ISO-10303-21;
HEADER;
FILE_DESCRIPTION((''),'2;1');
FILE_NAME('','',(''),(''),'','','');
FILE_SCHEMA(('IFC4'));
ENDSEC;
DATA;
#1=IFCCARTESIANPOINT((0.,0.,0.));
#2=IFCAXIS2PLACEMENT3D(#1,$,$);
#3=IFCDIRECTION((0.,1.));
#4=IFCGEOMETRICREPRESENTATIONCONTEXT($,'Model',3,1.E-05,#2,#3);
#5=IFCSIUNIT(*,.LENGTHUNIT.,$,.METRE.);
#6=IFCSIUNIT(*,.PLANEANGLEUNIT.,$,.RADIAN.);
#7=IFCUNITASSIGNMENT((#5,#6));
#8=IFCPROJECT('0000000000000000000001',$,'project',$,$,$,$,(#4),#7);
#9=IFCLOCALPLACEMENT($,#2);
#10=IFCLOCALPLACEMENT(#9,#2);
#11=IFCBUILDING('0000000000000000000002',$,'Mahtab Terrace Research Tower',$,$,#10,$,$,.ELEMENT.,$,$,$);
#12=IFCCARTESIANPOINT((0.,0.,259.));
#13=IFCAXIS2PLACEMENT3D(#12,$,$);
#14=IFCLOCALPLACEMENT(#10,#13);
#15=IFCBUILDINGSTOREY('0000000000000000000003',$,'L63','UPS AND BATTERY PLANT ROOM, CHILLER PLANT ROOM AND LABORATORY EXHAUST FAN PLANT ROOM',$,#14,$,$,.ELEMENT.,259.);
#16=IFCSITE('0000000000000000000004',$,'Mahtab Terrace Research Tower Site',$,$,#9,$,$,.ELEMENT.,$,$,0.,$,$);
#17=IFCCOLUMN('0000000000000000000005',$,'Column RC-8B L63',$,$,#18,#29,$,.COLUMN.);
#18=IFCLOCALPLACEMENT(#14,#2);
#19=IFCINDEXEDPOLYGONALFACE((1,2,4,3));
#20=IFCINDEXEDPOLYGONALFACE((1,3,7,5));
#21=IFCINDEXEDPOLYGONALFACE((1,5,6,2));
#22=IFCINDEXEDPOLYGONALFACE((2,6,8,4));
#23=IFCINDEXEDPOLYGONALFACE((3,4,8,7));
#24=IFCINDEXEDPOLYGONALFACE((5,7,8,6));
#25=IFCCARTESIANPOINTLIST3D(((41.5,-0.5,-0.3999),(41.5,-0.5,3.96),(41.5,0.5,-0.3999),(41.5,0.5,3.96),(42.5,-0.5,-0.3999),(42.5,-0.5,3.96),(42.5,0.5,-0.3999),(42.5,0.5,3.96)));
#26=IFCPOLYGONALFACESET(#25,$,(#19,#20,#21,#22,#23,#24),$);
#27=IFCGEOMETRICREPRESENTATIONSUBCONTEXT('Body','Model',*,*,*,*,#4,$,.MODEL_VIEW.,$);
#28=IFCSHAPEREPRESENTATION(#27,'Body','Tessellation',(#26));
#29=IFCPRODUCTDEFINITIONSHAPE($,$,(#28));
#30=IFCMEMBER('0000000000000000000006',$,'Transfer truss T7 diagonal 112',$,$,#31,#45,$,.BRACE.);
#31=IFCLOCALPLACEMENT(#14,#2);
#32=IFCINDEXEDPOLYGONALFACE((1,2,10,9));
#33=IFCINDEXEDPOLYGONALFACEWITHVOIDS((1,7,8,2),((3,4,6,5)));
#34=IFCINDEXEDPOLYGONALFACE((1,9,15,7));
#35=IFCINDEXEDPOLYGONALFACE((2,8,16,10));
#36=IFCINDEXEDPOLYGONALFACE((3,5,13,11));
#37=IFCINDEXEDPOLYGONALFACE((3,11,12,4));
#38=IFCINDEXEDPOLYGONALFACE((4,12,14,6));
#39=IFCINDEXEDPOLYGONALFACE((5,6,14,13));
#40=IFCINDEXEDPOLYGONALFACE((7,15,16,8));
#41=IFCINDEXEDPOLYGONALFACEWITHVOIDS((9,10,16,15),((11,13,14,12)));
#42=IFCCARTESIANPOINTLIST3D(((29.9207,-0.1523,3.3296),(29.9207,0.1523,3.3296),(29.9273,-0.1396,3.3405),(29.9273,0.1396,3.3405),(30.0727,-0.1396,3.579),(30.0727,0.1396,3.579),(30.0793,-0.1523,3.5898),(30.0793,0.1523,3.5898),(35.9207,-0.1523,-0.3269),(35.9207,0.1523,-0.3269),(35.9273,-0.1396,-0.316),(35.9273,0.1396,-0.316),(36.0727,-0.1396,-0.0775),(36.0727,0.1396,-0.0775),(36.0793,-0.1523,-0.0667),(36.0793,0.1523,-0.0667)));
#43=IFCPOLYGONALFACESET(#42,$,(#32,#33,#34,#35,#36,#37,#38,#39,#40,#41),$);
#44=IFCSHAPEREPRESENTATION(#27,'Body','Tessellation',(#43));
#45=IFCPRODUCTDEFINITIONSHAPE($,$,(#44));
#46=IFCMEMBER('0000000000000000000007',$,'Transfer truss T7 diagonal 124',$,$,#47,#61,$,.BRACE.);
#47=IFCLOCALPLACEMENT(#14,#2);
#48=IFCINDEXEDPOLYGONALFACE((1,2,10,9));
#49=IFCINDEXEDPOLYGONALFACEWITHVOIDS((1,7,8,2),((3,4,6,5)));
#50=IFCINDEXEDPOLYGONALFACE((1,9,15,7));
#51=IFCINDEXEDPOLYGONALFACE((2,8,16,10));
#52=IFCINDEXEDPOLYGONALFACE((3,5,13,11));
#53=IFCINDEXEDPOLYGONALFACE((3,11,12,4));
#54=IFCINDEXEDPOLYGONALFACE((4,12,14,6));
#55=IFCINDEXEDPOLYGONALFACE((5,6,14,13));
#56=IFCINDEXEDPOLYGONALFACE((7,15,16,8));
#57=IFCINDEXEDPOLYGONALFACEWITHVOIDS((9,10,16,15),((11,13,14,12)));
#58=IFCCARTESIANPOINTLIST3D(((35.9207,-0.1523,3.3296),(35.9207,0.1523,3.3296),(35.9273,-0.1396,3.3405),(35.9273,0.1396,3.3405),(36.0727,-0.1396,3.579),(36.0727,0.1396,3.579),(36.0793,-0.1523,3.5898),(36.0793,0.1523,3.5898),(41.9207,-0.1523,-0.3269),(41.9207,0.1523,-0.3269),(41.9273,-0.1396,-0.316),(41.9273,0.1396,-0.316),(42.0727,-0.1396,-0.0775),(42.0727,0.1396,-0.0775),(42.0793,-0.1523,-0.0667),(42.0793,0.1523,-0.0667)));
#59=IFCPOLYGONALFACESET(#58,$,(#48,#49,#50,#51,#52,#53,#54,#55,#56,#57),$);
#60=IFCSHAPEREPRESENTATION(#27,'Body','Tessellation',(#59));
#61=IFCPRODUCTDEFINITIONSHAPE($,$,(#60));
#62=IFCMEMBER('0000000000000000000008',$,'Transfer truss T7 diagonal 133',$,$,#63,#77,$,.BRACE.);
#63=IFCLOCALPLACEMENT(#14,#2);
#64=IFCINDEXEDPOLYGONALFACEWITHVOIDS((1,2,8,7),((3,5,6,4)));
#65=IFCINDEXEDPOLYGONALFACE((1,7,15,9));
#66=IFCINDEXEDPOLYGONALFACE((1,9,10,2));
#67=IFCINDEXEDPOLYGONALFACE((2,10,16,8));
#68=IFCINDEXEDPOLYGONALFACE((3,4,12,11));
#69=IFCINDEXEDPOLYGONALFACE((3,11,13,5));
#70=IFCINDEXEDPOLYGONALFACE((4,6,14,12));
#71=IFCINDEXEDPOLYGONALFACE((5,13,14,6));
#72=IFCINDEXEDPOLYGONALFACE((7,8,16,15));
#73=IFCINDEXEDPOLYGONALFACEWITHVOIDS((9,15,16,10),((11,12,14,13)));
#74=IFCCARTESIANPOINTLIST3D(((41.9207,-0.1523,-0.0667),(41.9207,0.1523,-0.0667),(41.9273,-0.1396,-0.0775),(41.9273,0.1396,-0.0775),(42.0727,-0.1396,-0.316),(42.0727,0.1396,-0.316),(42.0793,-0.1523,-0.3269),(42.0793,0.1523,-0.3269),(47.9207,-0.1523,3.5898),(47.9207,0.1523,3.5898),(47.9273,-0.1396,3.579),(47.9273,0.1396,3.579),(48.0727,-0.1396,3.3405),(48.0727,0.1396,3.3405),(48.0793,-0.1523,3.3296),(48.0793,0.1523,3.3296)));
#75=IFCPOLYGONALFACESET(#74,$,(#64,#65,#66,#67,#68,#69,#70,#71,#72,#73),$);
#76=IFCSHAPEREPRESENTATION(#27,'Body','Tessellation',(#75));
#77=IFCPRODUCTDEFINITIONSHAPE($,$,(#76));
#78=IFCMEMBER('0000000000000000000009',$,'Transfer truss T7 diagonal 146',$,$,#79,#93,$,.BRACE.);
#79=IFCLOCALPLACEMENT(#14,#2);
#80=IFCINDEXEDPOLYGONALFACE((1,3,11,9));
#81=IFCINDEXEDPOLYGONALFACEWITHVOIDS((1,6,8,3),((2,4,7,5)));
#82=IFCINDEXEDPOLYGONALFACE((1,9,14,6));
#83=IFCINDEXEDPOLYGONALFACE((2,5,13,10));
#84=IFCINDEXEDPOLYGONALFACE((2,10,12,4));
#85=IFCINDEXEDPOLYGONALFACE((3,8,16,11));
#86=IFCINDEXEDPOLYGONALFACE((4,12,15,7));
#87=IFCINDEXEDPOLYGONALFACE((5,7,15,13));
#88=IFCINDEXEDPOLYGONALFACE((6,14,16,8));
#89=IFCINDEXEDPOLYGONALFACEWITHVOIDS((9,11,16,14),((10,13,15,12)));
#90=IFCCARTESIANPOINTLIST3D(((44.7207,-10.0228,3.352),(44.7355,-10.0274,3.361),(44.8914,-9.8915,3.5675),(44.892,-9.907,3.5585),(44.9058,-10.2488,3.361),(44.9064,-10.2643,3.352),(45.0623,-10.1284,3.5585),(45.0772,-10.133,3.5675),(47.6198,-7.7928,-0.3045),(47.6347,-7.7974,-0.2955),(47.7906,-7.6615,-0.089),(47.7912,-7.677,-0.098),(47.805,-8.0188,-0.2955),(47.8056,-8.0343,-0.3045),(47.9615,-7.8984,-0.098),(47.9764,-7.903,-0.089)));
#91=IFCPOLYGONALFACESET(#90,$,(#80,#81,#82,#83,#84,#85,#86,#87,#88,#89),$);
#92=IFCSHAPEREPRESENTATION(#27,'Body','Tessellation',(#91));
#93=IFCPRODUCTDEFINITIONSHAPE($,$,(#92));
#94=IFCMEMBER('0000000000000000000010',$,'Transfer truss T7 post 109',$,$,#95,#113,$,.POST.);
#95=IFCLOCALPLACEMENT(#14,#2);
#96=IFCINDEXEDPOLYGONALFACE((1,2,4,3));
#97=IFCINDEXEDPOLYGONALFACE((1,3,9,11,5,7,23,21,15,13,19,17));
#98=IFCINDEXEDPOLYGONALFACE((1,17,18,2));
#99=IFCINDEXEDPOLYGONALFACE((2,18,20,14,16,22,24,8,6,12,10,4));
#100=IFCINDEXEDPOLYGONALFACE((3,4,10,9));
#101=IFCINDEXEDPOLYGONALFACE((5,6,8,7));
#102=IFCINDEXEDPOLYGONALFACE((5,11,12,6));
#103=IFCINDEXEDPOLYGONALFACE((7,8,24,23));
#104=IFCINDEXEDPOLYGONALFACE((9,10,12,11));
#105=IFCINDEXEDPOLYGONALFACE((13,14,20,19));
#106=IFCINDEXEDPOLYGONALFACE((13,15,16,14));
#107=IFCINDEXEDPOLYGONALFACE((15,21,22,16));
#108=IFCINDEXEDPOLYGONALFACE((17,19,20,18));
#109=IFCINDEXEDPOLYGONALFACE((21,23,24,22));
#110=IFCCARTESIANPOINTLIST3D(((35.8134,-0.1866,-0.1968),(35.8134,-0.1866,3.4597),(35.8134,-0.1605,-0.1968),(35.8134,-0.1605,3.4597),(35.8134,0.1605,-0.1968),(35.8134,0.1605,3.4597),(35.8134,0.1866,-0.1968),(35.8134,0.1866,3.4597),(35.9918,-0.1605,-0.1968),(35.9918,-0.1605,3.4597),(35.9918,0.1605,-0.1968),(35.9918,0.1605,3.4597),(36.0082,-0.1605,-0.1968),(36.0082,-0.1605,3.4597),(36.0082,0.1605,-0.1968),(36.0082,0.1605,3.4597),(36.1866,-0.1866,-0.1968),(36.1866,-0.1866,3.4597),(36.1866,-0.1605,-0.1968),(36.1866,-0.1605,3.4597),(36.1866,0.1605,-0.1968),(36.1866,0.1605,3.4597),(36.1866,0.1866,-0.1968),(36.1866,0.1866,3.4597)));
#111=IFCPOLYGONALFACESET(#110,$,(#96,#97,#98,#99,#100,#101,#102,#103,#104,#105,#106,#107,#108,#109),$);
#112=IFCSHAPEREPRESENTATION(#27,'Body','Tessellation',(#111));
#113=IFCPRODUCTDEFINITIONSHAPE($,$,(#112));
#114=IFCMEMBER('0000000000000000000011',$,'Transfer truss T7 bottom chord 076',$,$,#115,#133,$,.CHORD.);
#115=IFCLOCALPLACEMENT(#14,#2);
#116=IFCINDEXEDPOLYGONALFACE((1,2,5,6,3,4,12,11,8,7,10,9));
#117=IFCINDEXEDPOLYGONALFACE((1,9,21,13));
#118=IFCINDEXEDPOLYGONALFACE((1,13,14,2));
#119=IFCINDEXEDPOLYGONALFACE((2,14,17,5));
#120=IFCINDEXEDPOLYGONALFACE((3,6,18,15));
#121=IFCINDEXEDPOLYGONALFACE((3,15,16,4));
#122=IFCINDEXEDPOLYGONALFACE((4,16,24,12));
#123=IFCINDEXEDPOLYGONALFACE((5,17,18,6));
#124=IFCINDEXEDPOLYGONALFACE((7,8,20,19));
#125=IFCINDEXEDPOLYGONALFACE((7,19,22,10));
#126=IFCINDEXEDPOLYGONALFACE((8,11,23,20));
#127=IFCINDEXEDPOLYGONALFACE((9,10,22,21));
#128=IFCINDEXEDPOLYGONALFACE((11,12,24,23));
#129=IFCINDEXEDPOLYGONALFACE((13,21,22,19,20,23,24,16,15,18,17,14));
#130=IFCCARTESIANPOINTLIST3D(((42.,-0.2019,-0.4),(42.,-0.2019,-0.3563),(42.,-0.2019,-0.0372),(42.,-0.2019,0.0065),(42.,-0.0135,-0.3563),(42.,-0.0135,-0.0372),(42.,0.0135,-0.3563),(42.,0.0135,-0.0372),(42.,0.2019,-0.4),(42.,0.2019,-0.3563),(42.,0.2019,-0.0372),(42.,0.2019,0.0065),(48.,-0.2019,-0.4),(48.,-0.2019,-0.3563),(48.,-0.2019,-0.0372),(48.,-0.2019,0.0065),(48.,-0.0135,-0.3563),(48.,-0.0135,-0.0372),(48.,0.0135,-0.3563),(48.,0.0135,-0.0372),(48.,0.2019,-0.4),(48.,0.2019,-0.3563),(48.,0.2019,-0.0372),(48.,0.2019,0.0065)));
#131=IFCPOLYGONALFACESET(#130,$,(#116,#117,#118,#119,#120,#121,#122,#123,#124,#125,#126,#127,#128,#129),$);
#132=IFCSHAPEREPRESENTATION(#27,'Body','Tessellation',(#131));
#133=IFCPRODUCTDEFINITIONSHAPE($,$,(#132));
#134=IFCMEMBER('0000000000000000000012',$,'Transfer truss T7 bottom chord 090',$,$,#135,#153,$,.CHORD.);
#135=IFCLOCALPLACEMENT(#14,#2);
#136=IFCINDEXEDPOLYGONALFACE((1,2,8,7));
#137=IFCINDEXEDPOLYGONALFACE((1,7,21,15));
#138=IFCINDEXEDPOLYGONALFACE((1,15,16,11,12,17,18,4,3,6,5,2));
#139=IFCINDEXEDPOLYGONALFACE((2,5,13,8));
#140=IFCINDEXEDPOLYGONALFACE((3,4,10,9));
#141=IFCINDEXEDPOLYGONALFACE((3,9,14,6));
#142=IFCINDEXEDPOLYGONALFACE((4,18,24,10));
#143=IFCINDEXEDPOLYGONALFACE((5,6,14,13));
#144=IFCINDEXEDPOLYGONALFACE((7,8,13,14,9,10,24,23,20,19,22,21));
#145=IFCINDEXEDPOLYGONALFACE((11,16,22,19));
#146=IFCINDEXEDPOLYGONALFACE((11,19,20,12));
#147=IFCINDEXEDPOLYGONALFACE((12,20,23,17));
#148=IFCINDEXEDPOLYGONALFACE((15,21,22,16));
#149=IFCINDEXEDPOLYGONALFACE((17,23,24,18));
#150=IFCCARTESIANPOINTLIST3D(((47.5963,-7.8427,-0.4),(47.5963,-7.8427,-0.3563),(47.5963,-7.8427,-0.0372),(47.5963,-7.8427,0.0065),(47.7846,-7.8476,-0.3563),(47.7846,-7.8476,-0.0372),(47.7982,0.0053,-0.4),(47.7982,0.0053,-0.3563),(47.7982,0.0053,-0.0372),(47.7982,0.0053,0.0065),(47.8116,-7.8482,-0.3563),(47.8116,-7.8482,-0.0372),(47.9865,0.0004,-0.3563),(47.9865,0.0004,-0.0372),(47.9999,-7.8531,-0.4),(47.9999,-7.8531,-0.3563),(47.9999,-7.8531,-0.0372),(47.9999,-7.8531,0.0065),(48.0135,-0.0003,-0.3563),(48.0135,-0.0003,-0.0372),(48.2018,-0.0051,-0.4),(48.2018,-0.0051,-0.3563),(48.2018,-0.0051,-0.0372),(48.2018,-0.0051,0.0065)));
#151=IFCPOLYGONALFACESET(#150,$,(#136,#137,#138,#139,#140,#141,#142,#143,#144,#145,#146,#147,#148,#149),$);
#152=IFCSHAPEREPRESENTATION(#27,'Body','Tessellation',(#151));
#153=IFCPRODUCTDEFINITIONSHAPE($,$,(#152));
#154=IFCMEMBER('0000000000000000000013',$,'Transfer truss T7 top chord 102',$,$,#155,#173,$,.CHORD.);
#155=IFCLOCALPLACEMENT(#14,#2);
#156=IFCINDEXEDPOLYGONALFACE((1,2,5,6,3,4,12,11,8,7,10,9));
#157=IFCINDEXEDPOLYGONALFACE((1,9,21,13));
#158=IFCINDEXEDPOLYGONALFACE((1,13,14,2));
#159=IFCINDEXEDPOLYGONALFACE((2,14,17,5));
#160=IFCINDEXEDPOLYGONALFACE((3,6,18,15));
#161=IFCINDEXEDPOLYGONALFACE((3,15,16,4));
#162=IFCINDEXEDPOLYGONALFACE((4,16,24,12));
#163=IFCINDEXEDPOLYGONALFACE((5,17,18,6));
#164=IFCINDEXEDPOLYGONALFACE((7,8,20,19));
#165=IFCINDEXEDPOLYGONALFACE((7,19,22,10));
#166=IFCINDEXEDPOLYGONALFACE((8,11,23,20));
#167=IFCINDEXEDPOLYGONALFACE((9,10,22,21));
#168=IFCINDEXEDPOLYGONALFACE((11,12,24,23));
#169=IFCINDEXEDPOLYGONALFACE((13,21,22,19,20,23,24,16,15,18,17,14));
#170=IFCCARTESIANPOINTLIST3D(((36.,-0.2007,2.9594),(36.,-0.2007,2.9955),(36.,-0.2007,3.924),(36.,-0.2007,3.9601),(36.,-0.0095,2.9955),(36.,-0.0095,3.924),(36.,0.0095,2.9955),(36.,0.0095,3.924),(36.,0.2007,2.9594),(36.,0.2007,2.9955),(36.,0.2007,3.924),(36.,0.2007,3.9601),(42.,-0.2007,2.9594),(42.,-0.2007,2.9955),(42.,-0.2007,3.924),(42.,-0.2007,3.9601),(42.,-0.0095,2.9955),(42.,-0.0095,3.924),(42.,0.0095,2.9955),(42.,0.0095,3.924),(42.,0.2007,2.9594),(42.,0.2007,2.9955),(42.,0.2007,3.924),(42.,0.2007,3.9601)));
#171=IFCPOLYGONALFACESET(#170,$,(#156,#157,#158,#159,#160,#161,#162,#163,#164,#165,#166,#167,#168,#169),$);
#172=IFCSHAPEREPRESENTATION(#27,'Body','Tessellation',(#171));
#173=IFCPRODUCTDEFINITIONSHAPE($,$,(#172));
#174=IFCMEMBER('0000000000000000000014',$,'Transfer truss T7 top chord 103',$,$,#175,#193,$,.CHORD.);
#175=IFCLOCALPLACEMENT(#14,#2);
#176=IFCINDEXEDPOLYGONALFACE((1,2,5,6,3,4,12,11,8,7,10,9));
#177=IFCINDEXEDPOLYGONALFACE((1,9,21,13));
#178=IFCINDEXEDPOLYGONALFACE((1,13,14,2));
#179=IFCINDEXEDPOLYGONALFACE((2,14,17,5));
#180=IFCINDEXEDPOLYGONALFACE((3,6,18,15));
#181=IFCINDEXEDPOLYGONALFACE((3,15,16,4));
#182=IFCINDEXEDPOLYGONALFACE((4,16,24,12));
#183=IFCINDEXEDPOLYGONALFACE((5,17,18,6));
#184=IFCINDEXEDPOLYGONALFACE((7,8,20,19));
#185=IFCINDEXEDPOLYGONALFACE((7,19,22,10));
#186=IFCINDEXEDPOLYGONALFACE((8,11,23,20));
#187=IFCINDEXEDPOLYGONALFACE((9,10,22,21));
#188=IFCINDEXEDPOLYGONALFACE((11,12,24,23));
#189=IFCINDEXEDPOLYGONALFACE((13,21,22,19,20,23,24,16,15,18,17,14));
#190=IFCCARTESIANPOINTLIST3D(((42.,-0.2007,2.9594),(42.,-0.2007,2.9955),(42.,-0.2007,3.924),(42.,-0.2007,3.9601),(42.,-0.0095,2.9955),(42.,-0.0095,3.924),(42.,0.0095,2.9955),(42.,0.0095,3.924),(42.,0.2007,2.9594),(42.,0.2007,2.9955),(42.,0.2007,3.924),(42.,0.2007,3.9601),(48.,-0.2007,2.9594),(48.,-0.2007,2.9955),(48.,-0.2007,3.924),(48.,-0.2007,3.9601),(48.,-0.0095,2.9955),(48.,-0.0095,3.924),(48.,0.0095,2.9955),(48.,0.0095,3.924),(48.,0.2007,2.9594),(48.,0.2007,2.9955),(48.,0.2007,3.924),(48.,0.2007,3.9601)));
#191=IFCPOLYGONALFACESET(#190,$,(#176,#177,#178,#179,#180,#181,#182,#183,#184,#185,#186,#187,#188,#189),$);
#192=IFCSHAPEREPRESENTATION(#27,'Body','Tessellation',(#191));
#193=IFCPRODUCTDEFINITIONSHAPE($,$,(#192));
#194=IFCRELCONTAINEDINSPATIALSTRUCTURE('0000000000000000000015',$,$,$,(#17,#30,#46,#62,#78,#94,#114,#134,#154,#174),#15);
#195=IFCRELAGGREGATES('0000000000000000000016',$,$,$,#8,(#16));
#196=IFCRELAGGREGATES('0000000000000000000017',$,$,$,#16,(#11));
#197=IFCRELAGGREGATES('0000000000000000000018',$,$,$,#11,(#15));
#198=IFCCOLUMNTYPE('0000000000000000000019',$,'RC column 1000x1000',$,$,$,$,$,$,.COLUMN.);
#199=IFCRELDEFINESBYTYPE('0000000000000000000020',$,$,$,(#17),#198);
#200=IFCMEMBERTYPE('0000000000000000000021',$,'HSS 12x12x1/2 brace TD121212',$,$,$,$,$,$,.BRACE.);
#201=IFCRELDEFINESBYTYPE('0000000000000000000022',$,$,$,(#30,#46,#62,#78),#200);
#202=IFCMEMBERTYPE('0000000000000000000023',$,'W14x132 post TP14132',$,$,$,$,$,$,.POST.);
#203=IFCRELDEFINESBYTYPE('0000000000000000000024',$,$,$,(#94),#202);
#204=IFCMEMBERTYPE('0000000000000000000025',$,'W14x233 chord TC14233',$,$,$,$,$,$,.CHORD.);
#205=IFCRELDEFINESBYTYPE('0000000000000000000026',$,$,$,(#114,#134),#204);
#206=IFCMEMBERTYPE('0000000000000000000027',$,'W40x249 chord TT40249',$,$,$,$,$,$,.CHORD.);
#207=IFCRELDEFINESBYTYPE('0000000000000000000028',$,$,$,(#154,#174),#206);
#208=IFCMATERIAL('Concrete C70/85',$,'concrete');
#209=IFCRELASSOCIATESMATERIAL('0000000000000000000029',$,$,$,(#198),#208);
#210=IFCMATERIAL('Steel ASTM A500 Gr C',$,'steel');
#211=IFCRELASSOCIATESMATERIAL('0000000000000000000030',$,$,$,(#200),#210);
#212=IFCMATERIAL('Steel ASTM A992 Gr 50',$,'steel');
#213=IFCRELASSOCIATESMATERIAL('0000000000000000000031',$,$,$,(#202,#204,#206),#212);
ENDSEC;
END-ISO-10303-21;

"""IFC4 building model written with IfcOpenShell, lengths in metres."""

from ifc_helpers import new_model, si_unit, direction, frame, origin, origin_2d, place, context, subcontext, project, spatial, rectangle, hollow_rectangle, i_section, extrude, material, material_profile, profile_set, type_object, element, save


model = new_model("IFC4")

# Units and contexts
model_context = context("Model", 3, precision=1e-05, world=origin(), true_north=direction((0.0, 1.0)))
body_context = subcontext(model_context, "Body", "Model", "MODEL_VIEW")
ifc_project = project(units=[si_unit("LENGTHUNIT", "METRE"), si_unit("PLANEANGLEUNIT", "RADIAN")], contexts=[model_context])

# Site, building, storey
site_placement = place(None, origin())
site = spatial("IfcSite", under=ifc_project, at=site_placement, Name="Mahtab Terrace Research Tower Site", CompositionType="ELEMENT", RefElevation=0.0)
building_placement = place(site_placement, origin())
building = spatial("IfcBuilding", under=site, at=building_placement, Name="Mahtab Terrace Research Tower", CompositionType="ELEMENT")
storey_placement = place(building_placement, frame((0.0, 0.0, 259.0)))
storey = spatial("IfcBuildingStorey", under=building, at=storey_placement, Name="L63", Description="UPS AND BATTERY PLANT ROOM, CHILLER PLANT ROOM AND LABORATORY EXHAUST FAN PLANT ROOM", CompositionType="ELEMENT", Elevation=259.0)

# Column
ifc_material_1 = material(Name="Concrete C70/85", Category="concrete")
ifc_material_profile_1 = material_profile(ifc_material_1, rectangle(XDim=1.0, YDim=1.0, at=origin_2d()), Name="RC column 1000x1000")
ifc_profile_set_1 = profile_set([ifc_material_profile_1], Name="Concrete C70/85")
column_type = type_object("IfcColumnType", Name="RC column 1000x1000", PredefinedType="COLUMN", material=ifc_profile_set_1)
column_placement = place(storey_placement, frame((42.0, 0.0, -0.3999), z_axis=(0.0, 0.0, 1.0), x_axis=(1.0, 0.0, 0.0)))
element("IfcColumn", 1, at=column_placement, inside=storey, type_object=column_type, Name="Column RC-8B L63", PredefinedType="COLUMN", context=body_context, shape_type="SweptSolid", body=[
    extrude(rectangle(XDim=1.0, YDim=1.0, at=origin_2d()), origin(), (0.0, 0.0, 1.0), 4.3599),
])

# Members
ifc_material_2 = material(Name="Steel ASTM A500 Gr C", Category="steel")
ifc_material_profile_2 = material_profile(ifc_material_2, hollow_rectangle(XDim=0.3047, YDim=0.3047, WallThickness=0.0127, at=origin_2d()), Name="HSS12X12X1/2")
ifc_profile_set_2 = profile_set([ifc_material_profile_2], Name="Steel ASTM A500 Gr C")
member_type_1 = type_object("IfcMemberType", Name="HSS 12x12x1/2 brace TD121212", PredefinedType="BRACE", material=ifc_profile_set_2)
for number, where, z_axis, x_axis, name in (
    (2, (36.0, 0.0, -0.1968), (-0.853925, 0.0, 0.520396), (0.0, -1.0, 0.0), "Transfer truss T7 diagonal 112"),
    (3, (42.0, 0.0, -0.1968), (-0.853925, 0.0, 0.520396), (0.0, -1.0, 0.0), "Transfer truss T7 diagonal 124"),
    (4, (42.0, 0.0, -0.1968), (0.853925, 0.0, 0.520396), (0.0, 1.0, 0.0), "Transfer truss T7 diagonal 133"),
):
    element("IfcMember", number, at=place(storey_placement, frame(where, z_axis=z_axis, x_axis=x_axis)), inside=storey, type_object=member_type_1, Name=name, PredefinedType="BRACE", context=body_context, shape_type="SweptSolid", body=[
        extrude(hollow_rectangle(XDim=0.3047, YDim=0.3047, WallThickness=0.0127, at=origin_2d()), origin(), (0.0, 0.0, 1.0), 7.0264),
    ])
member_1_placement = place(storey_placement, frame((47.7981, -7.8479, -0.1968), z_axis=(-0.560568, -0.431177, 0.707), x_axis=(0.609685, -0.792644, 0.0)))
element("IfcMember", 5, at=member_1_placement, inside=storey, type_object=member_type_1, Name="Transfer truss T7 diagonal 146", PredefinedType="BRACE", context=body_context, shape_type="SweptSolid", body=[
    extrude(hollow_rectangle(XDim=0.3047, YDim=0.3047, WallThickness=0.0127, at=origin_2d()), origin(), (0.0, 0.0, 1.0), 5.1719),
])
ifc_material_3 = material(Name="Steel ASTM A992 Gr 50", Category="steel")
ifc_material_profile_3 = material_profile(ifc_material_3, i_section(OverallWidth=0.3733, OverallDepth=0.3733, WebThickness=0.0164, FlangeThickness=0.0261, at=origin_2d()), Name="W14X132")
ifc_profile_set_3 = profile_set([ifc_material_profile_3], Name="Steel ASTM A992 Gr 50")
member_type_2 = type_object("IfcMemberType", Name="W14x132 post TP14132", PredefinedType="POST", material=ifc_profile_set_3)
member_2_placement = place(storey_placement, frame((36.0, 0.0, -0.1968), z_axis=(0.0, 0.0, 1.0), x_axis=(1.0, 0.0, 0.0)))
element("IfcMember", 6, at=member_2_placement, inside=storey, type_object=member_type_2, Name="Transfer truss T7 post 109", PredefinedType="POST", context=body_context, shape_type="SweptSolid", body=[
    extrude(i_section(OverallWidth=0.3733, OverallDepth=0.3733, WebThickness=0.0164, FlangeThickness=0.0261, at=origin_2d()), origin(), (0.0, 0.0, 1.0), 3.6565),
])
ifc_material_profile_4 = material_profile(ifc_material_3, i_section(OverallWidth=0.4038, OverallDepth=0.4065, WebThickness=0.0271, FlangeThickness=0.0437, at=origin_2d()), Name="W14X233")
ifc_profile_set_4 = profile_set([ifc_material_profile_4], Name="Steel ASTM A992 Gr 50")
member_type_3 = type_object("IfcMemberType", Name="W14x233 chord TC14233", PredefinedType="CHORD", material=ifc_profile_set_4)
member_3_placement = place(storey_placement, frame((42.0, 0.0, -0.1968), z_axis=(1.0, 0.0, 0.0), x_axis=(0.0, 1.0, 0.0)))
element("IfcMember", 7, at=member_3_placement, inside=storey, type_object=member_type_3, Name="Transfer truss T7 bottom chord 076", PredefinedType="CHORD", context=body_context, shape_type="SweptSolid", body=[
    extrude(i_section(OverallWidth=0.4038, OverallDepth=0.4065, WebThickness=0.0271, FlangeThickness=0.0437, at=origin_2d()), origin(), (0.0, 0.0, 1.0), 6.0),
])
member_4_placement = place(storey_placement, frame((47.7981, -7.8479, -0.1968), z_axis=(0.025719, 0.999669, 0.0), x_axis=(-0.999669, 0.025719, 0.0)))
element("IfcMember", 8, at=member_4_placement, inside=storey, type_object=member_type_3, Name="Transfer truss T7 bottom chord 090", PredefinedType="CHORD", context=body_context, shape_type="SweptSolid", body=[
    extrude(i_section(OverallWidth=0.4038, OverallDepth=0.4065, WebThickness=0.0271, FlangeThickness=0.0437, at=origin_2d()), origin(), (0.0, 0.0, 1.0), 7.8506),
])
ifc_material_profile_5 = material_profile(ifc_material_3, i_section(OverallWidth=0.4014, OverallDepth=1.0007, WebThickness=0.019, FlangeThickness=0.0361, at=origin_2d()), Name="W40X249")
ifc_profile_set_5 = profile_set([ifc_material_profile_5], Name="Steel ASTM A992 Gr 50")
member_type_4 = type_object("IfcMemberType", Name="W40x249 chord TT40249", PredefinedType="CHORD", material=ifc_profile_set_5)
for number, where, z_axis, x_axis, name in (
    (9, (36.0, 0.0, 3.4597), (1.0, 0.0, 0.0), (0.0, 1.0, 0.0), "Transfer truss T7 top chord 102"),
    (10, (42.0, 0.0, 3.4597), (1.0, 0.0, 0.0), (0.0, 1.0, 0.0), "Transfer truss T7 top chord 103"),
):
    element("IfcMember", number, at=place(storey_placement, frame(where, z_axis=z_axis, x_axis=x_axis)), inside=storey, type_object=member_type_4, Name=name, PredefinedType="CHORD", context=body_context, shape_type="SweptSolid", body=[
        extrude(i_section(OverallWidth=0.4014, OverallDepth=1.0007, WebThickness=0.019, FlangeThickness=0.0361, at=origin_2d()), origin(), (0.0, 0.0, 1.0), 6.0),
    ])

save(model, "model.ifc")
